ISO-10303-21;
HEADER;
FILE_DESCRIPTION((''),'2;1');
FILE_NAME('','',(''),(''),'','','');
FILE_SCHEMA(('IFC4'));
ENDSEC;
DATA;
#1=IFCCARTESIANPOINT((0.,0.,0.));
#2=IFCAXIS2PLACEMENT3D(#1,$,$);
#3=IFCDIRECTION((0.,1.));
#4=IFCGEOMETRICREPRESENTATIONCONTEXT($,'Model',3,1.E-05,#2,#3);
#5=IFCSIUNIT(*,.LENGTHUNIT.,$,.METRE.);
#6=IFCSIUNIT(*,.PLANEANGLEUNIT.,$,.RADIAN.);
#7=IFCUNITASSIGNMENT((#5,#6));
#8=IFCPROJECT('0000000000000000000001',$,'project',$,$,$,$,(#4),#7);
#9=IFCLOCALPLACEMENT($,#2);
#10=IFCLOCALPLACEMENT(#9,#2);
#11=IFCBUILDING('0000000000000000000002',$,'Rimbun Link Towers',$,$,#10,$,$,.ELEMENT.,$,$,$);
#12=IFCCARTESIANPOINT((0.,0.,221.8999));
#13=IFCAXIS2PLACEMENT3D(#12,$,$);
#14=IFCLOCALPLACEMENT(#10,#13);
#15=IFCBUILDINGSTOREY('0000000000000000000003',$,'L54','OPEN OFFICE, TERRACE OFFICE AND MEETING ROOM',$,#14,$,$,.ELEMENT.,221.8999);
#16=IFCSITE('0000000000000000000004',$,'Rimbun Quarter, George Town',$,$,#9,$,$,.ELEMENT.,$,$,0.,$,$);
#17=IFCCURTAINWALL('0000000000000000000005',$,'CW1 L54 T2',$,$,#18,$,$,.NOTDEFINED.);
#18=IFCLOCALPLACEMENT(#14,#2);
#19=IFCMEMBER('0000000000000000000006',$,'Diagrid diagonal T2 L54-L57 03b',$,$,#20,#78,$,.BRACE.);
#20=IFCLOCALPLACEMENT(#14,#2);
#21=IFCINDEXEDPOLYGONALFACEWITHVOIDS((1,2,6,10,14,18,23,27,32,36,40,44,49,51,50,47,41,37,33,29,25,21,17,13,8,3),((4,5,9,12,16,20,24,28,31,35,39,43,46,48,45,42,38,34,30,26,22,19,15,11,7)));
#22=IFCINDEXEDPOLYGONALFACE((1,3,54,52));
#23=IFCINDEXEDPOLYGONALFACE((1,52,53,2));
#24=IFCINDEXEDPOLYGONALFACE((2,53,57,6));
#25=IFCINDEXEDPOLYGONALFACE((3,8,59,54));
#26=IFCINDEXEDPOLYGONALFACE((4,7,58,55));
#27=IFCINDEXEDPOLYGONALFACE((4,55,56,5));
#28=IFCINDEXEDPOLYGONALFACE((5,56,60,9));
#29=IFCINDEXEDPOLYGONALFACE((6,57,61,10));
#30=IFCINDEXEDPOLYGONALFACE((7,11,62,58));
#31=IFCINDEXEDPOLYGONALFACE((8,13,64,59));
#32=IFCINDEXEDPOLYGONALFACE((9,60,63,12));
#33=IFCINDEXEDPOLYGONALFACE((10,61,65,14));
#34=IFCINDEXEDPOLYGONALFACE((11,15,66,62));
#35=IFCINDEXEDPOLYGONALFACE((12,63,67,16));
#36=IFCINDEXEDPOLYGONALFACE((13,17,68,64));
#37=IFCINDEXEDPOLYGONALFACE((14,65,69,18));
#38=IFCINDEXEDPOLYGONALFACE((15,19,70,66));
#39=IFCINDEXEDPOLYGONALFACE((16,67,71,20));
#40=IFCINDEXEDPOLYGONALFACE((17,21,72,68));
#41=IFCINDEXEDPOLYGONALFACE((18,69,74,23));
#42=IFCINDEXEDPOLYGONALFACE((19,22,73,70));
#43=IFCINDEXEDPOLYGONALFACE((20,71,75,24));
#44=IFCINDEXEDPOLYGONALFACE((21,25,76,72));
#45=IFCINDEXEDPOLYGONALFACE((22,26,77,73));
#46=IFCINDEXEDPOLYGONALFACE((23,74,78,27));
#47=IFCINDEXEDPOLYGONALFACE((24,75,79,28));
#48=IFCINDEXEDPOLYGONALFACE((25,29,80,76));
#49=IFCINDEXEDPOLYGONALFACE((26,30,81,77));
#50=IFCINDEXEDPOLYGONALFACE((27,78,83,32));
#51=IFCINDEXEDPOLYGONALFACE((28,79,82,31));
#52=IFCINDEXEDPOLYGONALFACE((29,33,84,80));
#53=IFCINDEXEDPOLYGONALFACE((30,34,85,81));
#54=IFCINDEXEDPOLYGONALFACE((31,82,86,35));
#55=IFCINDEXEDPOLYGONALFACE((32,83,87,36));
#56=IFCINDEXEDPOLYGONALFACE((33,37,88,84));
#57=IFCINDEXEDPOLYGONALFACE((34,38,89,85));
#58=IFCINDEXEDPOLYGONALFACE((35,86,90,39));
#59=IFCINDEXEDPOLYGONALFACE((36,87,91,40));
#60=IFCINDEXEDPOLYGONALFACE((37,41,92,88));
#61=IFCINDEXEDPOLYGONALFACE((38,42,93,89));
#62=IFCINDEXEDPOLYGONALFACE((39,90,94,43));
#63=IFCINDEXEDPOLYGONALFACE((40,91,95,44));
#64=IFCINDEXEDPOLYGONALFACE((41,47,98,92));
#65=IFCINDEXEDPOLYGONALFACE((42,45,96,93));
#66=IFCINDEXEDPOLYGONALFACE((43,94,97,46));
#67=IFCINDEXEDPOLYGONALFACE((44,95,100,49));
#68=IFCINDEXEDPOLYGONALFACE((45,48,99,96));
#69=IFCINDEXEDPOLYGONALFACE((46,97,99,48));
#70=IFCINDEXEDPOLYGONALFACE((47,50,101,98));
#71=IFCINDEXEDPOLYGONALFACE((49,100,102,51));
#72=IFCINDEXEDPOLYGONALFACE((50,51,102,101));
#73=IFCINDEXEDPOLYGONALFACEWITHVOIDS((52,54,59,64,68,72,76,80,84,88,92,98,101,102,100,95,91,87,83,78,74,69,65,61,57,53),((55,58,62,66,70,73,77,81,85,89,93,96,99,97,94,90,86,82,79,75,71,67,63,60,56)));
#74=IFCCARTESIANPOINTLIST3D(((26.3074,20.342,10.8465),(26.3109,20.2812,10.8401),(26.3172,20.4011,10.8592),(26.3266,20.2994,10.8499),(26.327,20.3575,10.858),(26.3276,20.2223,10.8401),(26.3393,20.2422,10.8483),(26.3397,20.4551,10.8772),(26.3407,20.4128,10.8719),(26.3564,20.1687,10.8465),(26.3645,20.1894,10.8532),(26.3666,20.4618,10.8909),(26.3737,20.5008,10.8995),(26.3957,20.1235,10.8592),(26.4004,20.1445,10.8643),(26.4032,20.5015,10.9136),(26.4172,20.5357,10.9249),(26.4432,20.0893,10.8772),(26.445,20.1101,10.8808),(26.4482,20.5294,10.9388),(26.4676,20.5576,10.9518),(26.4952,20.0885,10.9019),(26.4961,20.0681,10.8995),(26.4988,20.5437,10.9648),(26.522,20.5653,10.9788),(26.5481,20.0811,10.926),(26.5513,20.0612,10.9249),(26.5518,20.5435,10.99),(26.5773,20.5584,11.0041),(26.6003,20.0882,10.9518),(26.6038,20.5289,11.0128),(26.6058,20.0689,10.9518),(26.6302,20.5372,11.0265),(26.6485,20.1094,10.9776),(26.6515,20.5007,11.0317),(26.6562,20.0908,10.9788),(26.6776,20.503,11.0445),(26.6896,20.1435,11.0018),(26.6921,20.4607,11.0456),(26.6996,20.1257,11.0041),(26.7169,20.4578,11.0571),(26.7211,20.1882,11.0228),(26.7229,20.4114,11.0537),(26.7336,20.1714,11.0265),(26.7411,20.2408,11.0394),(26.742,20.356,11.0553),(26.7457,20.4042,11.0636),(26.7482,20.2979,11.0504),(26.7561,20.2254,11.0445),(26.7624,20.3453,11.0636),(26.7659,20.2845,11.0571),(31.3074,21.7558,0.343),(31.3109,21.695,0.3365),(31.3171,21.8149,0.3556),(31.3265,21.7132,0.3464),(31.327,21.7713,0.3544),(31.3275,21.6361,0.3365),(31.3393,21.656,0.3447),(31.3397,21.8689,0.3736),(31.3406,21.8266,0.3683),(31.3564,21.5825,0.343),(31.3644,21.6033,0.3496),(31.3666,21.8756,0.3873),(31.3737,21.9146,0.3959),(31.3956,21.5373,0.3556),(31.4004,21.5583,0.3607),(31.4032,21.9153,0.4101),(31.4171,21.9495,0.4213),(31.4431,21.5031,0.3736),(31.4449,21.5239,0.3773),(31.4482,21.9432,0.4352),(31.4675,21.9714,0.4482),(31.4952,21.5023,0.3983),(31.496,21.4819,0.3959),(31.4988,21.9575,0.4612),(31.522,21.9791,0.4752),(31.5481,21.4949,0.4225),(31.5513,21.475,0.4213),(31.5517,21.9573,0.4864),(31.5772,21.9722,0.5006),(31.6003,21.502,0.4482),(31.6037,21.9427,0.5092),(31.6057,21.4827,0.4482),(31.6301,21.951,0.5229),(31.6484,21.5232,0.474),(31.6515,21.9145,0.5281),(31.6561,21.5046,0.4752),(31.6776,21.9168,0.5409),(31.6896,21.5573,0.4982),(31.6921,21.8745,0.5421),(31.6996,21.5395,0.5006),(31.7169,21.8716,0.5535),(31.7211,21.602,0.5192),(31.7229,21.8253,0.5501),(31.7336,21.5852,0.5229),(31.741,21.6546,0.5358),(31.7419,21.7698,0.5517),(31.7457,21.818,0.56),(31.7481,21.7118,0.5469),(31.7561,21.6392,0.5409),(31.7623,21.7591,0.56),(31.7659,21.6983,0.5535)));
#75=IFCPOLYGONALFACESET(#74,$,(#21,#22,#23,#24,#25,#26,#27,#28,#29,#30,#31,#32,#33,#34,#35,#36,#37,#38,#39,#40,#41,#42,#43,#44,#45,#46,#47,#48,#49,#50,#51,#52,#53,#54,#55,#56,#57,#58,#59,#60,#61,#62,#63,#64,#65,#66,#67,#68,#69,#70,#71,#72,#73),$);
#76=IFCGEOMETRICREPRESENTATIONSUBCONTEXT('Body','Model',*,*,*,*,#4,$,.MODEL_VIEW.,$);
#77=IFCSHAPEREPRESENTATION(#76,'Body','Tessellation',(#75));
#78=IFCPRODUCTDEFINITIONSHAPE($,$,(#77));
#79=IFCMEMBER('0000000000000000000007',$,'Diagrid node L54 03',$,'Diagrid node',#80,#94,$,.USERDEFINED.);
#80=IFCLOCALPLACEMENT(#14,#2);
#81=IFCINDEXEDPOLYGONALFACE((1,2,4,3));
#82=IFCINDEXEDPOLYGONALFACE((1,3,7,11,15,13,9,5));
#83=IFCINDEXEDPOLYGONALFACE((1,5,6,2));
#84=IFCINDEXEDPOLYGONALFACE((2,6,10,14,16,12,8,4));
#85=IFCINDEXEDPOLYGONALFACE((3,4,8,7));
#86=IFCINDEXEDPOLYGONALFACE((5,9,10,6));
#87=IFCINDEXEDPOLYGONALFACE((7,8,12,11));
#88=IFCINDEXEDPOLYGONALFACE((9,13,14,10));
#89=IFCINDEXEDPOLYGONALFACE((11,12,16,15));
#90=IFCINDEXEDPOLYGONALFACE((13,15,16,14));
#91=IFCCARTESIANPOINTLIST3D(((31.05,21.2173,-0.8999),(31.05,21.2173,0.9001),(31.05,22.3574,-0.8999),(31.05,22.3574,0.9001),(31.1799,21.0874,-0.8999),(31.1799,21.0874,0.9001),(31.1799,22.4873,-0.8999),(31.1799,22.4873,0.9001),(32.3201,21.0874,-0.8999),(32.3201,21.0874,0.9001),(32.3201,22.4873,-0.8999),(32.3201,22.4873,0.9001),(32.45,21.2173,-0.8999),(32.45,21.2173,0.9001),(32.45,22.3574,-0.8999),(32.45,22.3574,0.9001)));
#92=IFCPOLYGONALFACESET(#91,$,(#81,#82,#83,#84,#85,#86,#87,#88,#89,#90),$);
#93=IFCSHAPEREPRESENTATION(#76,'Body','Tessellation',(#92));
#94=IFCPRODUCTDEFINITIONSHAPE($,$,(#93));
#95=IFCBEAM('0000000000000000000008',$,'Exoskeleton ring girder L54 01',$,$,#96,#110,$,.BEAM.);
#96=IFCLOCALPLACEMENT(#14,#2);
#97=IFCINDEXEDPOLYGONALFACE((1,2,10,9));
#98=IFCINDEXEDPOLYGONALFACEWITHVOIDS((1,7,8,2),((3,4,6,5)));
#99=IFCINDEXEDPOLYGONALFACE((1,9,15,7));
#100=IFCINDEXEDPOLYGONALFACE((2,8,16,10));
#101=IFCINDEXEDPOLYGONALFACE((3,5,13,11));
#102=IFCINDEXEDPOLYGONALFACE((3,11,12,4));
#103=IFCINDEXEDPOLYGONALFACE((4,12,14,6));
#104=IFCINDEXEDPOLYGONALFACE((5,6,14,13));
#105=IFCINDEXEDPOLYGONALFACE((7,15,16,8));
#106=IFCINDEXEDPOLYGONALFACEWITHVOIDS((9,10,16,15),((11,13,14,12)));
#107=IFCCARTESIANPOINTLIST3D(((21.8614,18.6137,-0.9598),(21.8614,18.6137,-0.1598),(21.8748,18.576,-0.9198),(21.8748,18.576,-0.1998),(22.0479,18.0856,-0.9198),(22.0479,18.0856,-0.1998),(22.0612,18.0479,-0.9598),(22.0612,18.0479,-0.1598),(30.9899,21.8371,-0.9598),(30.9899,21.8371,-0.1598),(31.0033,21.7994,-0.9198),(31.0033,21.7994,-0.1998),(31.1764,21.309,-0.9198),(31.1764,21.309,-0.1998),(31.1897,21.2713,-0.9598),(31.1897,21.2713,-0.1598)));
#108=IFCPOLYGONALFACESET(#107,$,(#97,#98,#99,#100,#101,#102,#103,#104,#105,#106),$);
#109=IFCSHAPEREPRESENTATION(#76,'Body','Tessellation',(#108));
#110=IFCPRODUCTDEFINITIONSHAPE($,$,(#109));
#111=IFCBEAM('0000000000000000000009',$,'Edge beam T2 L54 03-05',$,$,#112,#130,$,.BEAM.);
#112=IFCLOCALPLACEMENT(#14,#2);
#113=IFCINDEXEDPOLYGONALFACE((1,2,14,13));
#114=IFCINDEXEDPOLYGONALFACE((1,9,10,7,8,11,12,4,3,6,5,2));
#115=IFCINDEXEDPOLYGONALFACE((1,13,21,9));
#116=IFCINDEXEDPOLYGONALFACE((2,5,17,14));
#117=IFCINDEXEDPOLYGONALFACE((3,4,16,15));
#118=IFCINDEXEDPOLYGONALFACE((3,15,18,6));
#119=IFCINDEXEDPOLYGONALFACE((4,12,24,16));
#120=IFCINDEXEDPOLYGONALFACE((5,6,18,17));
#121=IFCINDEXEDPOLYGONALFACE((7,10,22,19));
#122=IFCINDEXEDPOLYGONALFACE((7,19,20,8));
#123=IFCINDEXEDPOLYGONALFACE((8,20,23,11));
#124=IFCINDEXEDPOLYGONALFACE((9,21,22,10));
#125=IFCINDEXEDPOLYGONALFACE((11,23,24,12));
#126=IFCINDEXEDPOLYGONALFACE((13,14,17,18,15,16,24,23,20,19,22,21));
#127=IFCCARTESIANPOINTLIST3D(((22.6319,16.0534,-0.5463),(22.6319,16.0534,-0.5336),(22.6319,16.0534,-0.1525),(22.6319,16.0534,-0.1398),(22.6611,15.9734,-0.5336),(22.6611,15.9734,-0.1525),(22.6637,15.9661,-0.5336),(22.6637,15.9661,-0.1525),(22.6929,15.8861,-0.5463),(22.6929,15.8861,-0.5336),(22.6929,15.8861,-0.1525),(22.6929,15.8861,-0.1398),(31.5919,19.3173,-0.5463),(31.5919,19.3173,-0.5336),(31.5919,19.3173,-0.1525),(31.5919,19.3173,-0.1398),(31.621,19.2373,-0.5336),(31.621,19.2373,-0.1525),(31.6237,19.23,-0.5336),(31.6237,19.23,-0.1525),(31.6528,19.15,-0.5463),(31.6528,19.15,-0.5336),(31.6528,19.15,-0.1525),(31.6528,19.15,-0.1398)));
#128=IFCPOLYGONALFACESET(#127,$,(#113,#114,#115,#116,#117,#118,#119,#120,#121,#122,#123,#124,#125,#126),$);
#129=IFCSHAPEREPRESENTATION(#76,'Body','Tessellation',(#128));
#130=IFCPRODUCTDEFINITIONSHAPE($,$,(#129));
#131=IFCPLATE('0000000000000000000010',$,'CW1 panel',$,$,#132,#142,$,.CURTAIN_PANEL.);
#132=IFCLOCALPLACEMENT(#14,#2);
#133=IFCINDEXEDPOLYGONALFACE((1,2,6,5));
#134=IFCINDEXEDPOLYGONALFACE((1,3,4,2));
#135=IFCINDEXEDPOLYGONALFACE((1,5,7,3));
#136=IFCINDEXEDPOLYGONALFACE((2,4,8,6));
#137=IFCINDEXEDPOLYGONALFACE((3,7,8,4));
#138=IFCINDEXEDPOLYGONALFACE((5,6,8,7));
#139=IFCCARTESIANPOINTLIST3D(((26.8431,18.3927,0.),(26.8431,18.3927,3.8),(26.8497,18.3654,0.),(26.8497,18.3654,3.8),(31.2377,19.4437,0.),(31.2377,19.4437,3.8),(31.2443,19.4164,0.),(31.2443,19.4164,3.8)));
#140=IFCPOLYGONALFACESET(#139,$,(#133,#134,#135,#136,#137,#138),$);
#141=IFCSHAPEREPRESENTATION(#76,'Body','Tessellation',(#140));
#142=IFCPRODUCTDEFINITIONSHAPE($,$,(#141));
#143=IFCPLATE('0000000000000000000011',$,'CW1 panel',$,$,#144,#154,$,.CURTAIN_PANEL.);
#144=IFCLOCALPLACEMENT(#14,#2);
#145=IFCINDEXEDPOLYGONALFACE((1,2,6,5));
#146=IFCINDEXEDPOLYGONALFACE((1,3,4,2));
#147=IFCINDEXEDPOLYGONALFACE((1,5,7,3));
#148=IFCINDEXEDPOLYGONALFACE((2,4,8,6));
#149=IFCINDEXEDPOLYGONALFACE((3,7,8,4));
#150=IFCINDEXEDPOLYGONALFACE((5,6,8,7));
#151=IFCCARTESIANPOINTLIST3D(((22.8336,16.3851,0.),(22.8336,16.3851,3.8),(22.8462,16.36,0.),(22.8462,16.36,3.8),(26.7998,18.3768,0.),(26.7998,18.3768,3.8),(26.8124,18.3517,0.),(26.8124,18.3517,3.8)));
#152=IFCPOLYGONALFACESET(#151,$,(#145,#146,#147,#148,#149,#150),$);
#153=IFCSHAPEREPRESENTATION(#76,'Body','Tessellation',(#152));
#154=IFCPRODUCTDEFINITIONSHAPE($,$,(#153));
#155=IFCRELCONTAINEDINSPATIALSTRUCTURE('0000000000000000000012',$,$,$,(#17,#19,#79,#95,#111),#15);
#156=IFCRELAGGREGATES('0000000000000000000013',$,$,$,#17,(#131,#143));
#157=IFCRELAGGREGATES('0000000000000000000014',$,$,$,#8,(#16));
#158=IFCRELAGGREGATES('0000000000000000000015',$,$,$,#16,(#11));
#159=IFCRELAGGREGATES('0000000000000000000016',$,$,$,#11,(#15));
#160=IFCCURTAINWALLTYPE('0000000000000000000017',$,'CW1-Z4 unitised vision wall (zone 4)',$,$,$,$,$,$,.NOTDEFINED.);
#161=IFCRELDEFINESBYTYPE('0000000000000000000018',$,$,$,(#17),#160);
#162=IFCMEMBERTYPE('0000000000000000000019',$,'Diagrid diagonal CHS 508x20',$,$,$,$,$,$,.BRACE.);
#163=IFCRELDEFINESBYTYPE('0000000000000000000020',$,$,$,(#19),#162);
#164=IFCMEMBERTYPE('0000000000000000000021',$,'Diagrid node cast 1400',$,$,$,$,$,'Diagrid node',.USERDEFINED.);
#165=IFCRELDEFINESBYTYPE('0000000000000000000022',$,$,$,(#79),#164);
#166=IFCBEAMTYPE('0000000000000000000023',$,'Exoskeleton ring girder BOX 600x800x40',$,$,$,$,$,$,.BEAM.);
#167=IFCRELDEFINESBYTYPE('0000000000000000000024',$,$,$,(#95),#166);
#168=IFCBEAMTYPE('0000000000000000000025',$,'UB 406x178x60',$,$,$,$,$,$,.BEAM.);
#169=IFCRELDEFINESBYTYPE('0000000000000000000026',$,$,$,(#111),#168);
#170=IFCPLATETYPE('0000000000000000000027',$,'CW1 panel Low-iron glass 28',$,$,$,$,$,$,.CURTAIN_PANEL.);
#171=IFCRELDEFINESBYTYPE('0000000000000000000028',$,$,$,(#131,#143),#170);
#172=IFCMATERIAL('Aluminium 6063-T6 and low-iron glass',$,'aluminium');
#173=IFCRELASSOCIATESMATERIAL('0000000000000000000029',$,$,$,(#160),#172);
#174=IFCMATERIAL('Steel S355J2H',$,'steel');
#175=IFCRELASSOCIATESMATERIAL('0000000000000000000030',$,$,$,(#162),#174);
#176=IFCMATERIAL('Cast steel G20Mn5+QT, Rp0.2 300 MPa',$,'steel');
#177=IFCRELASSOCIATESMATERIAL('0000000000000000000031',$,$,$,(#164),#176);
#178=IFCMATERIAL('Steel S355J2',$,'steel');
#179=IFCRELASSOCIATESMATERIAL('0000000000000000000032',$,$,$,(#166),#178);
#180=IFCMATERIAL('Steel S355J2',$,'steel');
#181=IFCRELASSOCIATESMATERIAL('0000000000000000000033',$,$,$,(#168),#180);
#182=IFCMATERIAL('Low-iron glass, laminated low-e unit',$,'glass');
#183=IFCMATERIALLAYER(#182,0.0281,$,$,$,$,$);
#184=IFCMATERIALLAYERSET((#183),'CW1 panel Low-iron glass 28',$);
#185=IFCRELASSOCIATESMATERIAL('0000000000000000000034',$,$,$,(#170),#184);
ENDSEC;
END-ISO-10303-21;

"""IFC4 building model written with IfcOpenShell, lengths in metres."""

from ifc_helpers import new_model, si_unit, direction, frame, origin, origin_2d, place, context, subcontext, project, spatial, polyline, rectangle, hollow_rectangle, hollow_circle, i_section, outline, extrude, material, layer, layer_set, material_profile, profile_set, type_object, element, aggregate, save


model = new_model("IFC4")

# Units and contexts
model_context = context("Model", 3, precision=1e-05, world=origin(), true_north=direction((0.0, 1.0)))
body_context = subcontext(model_context, "Body", "Model", "MODEL_VIEW")
ifc_project = project(units=[si_unit("LENGTHUNIT", "METRE"), si_unit("PLANEANGLEUNIT", "RADIAN")], contexts=[model_context])

# Site, building, storey
site_placement = place(None, origin())
site = spatial("IfcSite", under=ifc_project, at=site_placement, Name="Rimbun Quarter, George Town", CompositionType="ELEMENT", RefElevation=0.0)
building_placement = place(site_placement, origin())
building = spatial("IfcBuilding", under=site, at=building_placement, Name="Rimbun Link Towers", CompositionType="ELEMENT")
storey_placement = place(building_placement, frame((0.0, 0.0, 221.8999)))
storey = spatial("IfcBuildingStorey", under=building, at=storey_placement, Name="L54", Description="OPEN OFFICE, TERRACE OFFICE AND MEETING ROOM", CompositionType="ELEMENT", Elevation=221.8999)

# Curtain wall
ifc_material_1 = material(Name="Aluminium 6063-T6 and low-iron glass", Category="aluminium")
curtain_wall_type = type_object("IfcCurtainWallType", Name="CW1-Z4 unitised vision wall (zone 4)", PredefinedType="NOTDEFINED", material=ifc_material_1)
curtain_wall_placement = place(storey_placement, origin())
curtain_wall = element("IfcCurtainWall", 1, at=curtain_wall_placement, inside=storey, type_object=curtain_wall_type, Name="CW1 L54 T2", PredefinedType="NOTDEFINED")

# Members
ifc_material_2 = material(Name="Steel S355J2H", Category="steel")
ifc_material_profile_1 = material_profile(ifc_material_2, hollow_circle(Radius=0.2539, WallThickness=0.02, at=origin_2d()), Name="Diagrid diagonal CHS 508x20")
ifc_profile_set_1 = profile_set([ifc_material_profile_1], Name="Steel S355J2H")
member_type_1 = type_object("IfcMemberType", Name="Diagrid diagonal CHS 508x20", PredefinedType="BRACE", material=ifc_profile_set_1)
member_1_placement = place(storey_placement, frame((31.5366, 21.7271, 0.4482), z_axis=(-0.426672, -0.120647, 0.896323), x_axis=(0.272095, -0.96227, 0.0)))
element("IfcMember", 2, at=member_1_placement, inside=storey, type_object=member_type_1, Name="Diagrid diagonal T2 L54-L57 03b", PredefinedType="BRACE", context=body_context, shape_type="SweptSolid", body=[
    extrude(hollow_circle(Radius=0.2539, WallThickness=0.02, at=origin_2d()), origin(), (0.0, 0.0, 1.0), 11.7185),
])
ifc_material_3 = material(Name="Cast steel G20Mn5+QT, Rp0.2 300 MPa", Category="steel")
ifc_material_profile_2 = material_profile(ifc_material_3, outline(polyline([(0.7, -0.5701), (0.7, 0.5701), (0.5701, 0.7), (-0.5701, 0.7), (-0.7, 0.5701), (-0.7, -0.5701), (-0.5701, -0.7), (0.5701, -0.7), (0.7, -0.5701)])), Name="NODE 1400x1400")
ifc_profile_set_2 = profile_set([ifc_material_profile_2], Name="Cast steel G20Mn5+QT, Rp0.2 300 MPa")
member_type_2 = type_object("IfcMemberType", Name="Diagrid node cast 1400", ElementType="Diagrid node", PredefinedType="USERDEFINED", material=ifc_profile_set_2)
member_2_placement = place(storey_placement, frame((31.75, 21.7874, -0.8999), z_axis=(0.0, 0.0, 1.0), x_axis=(0.0, 1.0, 0.0)))
element("IfcMember", 3, at=member_2_placement, inside=storey, type_object=member_type_2, Name="Diagrid node L54 03", ObjectType="Diagrid node", PredefinedType="USERDEFINED", context=body_context, shape_type="SweptSolid", body=[
    extrude(outline(polyline([(0.7, -0.5701), (0.7, 0.5701), (0.5701, 0.7), (-0.5701, 0.7), (-0.7, 0.5701), (-0.7, -0.5701), (-0.5701, -0.7), (0.5701, -0.7), (0.7, -0.5701)])), origin(), (0.0, 0.0, 1.0), 1.8),
])

# Beams
ifc_material_4 = material(Name="Steel S355J2", Category="steel")
ifc_material_profile_3 = material_profile(ifc_material_4, hollow_rectangle(XDim=0.6001, YDim=0.8, WallThickness=0.04, at=origin_2d()), Name="Exoskeleton ring girder BOX 600x800x40")
ifc_profile_set_3 = profile_set([ifc_material_profile_3], Name="Steel S355J2")
beam_type_1 = type_object("IfcBeamType", Name="Exoskeleton ring girder BOX 600x800x40", PredefinedType="BEAM", material=ifc_profile_set_3)
beam_1_placement = place(storey_placement, frame((31.0898, 21.5542, -0.5598), z_axis=(-0.942939, -0.332967, 0.0), x_axis=(0.332967, -0.942939, 0.0)))
element("IfcBeam", 4, at=beam_1_placement, inside=storey, type_object=beam_type_1, Name="Exoskeleton ring girder L54 01", PredefinedType="BEAM", context=body_context, shape_type="SweptSolid", body=[
    extrude(hollow_rectangle(XDim=0.6001, YDim=0.8, WallThickness=0.04, at=origin_2d()), origin(), (0.0, 0.0, 1.0), 9.6809),
])
ifc_material_5 = material(Name="Steel S355J2", Category="steel")
ifc_material_profile_4 = material_profile(ifc_material_5, i_section(OverallWidth=0.178, OverallDepth=0.4065, WebThickness=0.0078, FlangeThickness=0.0127, at=origin_2d()), Name="UB 406x178x60")
ifc_profile_set_4 = profile_set([ifc_material_profile_4], Name="Steel S355J2")
beam_type_2 = type_object("IfcBeamType", Name="UB 406x178x60", PredefinedType="BEAM", material=ifc_profile_set_4)
beam_2_placement = place(storey_placement, frame((31.6223, 19.2336, -0.343), z_axis=(-0.9396, -0.342275, 0.0), x_axis=(0.342275, -0.9396, 0.0)))
element("IfcBeam", 5, at=beam_2_placement, inside=storey, type_object=beam_type_2, Name="Edge beam T2 L54 03-05", PredefinedType="BEAM", context=body_context, shape_type="SweptSolid", body=[
    extrude(i_section(OverallWidth=0.178, OverallDepth=0.4065, WebThickness=0.0078, FlangeThickness=0.0127, at=origin_2d()), origin(), (0.0, 0.0, 1.0), 9.5359),
])

# Plates
ifc_material_6 = material(Name="Low-iron glass, laminated low-e unit", Category="glass")
ifc_layer_1 = layer(ifc_material_6, 0.0281)
ifc_layer_set_1 = layer_set([ifc_layer_1], Name="CW1 panel Low-iron glass 28")
plate_type = type_object("IfcPlateType", Name="CW1 panel Low-iron glass 28", PredefinedType="CURTAIN_PANEL", material=ifc_layer_set_1)
plate_1_placement = place(storey_placement, frame((29.0437, 18.9045, 0.0), z_axis=(0.0, 0.0, 1.0), x_axis=(0.972572, 0.232601, 0.0)))
plate_1 = element("IfcPlate", 6, at=plate_1_placement, type_object=plate_type, Name="CW1 panel", PredefinedType="CURTAIN_PANEL", context=body_context, shape_type="SweptSolid", body=[
    extrude(rectangle(XDim=4.5186, YDim=0.0281, at=origin_2d()), origin(), (0.0, 0.0, 1.0), 3.8),
])
plate_2_placement = place(storey_placement, frame((24.823, 17.3684, 0.0), z_axis=(0.0, 0.0, 1.0), x_axis=(0.893647, 0.448771, 0.0)))
plate_2 = element("IfcPlate", 7, at=plate_2_placement, type_object=plate_type, Name="CW1 panel", PredefinedType="CURTAIN_PANEL", context=body_context, shape_type="SweptSolid", body=[
    extrude(rectangle(XDim=4.4382, YDim=0.0281, at=origin_2d()), origin(), (0.0, 0.0, 1.0), 3.8),
])
aggregate(curtain_wall, [plate_1, plate_2])

save(model, "model.ifc")
